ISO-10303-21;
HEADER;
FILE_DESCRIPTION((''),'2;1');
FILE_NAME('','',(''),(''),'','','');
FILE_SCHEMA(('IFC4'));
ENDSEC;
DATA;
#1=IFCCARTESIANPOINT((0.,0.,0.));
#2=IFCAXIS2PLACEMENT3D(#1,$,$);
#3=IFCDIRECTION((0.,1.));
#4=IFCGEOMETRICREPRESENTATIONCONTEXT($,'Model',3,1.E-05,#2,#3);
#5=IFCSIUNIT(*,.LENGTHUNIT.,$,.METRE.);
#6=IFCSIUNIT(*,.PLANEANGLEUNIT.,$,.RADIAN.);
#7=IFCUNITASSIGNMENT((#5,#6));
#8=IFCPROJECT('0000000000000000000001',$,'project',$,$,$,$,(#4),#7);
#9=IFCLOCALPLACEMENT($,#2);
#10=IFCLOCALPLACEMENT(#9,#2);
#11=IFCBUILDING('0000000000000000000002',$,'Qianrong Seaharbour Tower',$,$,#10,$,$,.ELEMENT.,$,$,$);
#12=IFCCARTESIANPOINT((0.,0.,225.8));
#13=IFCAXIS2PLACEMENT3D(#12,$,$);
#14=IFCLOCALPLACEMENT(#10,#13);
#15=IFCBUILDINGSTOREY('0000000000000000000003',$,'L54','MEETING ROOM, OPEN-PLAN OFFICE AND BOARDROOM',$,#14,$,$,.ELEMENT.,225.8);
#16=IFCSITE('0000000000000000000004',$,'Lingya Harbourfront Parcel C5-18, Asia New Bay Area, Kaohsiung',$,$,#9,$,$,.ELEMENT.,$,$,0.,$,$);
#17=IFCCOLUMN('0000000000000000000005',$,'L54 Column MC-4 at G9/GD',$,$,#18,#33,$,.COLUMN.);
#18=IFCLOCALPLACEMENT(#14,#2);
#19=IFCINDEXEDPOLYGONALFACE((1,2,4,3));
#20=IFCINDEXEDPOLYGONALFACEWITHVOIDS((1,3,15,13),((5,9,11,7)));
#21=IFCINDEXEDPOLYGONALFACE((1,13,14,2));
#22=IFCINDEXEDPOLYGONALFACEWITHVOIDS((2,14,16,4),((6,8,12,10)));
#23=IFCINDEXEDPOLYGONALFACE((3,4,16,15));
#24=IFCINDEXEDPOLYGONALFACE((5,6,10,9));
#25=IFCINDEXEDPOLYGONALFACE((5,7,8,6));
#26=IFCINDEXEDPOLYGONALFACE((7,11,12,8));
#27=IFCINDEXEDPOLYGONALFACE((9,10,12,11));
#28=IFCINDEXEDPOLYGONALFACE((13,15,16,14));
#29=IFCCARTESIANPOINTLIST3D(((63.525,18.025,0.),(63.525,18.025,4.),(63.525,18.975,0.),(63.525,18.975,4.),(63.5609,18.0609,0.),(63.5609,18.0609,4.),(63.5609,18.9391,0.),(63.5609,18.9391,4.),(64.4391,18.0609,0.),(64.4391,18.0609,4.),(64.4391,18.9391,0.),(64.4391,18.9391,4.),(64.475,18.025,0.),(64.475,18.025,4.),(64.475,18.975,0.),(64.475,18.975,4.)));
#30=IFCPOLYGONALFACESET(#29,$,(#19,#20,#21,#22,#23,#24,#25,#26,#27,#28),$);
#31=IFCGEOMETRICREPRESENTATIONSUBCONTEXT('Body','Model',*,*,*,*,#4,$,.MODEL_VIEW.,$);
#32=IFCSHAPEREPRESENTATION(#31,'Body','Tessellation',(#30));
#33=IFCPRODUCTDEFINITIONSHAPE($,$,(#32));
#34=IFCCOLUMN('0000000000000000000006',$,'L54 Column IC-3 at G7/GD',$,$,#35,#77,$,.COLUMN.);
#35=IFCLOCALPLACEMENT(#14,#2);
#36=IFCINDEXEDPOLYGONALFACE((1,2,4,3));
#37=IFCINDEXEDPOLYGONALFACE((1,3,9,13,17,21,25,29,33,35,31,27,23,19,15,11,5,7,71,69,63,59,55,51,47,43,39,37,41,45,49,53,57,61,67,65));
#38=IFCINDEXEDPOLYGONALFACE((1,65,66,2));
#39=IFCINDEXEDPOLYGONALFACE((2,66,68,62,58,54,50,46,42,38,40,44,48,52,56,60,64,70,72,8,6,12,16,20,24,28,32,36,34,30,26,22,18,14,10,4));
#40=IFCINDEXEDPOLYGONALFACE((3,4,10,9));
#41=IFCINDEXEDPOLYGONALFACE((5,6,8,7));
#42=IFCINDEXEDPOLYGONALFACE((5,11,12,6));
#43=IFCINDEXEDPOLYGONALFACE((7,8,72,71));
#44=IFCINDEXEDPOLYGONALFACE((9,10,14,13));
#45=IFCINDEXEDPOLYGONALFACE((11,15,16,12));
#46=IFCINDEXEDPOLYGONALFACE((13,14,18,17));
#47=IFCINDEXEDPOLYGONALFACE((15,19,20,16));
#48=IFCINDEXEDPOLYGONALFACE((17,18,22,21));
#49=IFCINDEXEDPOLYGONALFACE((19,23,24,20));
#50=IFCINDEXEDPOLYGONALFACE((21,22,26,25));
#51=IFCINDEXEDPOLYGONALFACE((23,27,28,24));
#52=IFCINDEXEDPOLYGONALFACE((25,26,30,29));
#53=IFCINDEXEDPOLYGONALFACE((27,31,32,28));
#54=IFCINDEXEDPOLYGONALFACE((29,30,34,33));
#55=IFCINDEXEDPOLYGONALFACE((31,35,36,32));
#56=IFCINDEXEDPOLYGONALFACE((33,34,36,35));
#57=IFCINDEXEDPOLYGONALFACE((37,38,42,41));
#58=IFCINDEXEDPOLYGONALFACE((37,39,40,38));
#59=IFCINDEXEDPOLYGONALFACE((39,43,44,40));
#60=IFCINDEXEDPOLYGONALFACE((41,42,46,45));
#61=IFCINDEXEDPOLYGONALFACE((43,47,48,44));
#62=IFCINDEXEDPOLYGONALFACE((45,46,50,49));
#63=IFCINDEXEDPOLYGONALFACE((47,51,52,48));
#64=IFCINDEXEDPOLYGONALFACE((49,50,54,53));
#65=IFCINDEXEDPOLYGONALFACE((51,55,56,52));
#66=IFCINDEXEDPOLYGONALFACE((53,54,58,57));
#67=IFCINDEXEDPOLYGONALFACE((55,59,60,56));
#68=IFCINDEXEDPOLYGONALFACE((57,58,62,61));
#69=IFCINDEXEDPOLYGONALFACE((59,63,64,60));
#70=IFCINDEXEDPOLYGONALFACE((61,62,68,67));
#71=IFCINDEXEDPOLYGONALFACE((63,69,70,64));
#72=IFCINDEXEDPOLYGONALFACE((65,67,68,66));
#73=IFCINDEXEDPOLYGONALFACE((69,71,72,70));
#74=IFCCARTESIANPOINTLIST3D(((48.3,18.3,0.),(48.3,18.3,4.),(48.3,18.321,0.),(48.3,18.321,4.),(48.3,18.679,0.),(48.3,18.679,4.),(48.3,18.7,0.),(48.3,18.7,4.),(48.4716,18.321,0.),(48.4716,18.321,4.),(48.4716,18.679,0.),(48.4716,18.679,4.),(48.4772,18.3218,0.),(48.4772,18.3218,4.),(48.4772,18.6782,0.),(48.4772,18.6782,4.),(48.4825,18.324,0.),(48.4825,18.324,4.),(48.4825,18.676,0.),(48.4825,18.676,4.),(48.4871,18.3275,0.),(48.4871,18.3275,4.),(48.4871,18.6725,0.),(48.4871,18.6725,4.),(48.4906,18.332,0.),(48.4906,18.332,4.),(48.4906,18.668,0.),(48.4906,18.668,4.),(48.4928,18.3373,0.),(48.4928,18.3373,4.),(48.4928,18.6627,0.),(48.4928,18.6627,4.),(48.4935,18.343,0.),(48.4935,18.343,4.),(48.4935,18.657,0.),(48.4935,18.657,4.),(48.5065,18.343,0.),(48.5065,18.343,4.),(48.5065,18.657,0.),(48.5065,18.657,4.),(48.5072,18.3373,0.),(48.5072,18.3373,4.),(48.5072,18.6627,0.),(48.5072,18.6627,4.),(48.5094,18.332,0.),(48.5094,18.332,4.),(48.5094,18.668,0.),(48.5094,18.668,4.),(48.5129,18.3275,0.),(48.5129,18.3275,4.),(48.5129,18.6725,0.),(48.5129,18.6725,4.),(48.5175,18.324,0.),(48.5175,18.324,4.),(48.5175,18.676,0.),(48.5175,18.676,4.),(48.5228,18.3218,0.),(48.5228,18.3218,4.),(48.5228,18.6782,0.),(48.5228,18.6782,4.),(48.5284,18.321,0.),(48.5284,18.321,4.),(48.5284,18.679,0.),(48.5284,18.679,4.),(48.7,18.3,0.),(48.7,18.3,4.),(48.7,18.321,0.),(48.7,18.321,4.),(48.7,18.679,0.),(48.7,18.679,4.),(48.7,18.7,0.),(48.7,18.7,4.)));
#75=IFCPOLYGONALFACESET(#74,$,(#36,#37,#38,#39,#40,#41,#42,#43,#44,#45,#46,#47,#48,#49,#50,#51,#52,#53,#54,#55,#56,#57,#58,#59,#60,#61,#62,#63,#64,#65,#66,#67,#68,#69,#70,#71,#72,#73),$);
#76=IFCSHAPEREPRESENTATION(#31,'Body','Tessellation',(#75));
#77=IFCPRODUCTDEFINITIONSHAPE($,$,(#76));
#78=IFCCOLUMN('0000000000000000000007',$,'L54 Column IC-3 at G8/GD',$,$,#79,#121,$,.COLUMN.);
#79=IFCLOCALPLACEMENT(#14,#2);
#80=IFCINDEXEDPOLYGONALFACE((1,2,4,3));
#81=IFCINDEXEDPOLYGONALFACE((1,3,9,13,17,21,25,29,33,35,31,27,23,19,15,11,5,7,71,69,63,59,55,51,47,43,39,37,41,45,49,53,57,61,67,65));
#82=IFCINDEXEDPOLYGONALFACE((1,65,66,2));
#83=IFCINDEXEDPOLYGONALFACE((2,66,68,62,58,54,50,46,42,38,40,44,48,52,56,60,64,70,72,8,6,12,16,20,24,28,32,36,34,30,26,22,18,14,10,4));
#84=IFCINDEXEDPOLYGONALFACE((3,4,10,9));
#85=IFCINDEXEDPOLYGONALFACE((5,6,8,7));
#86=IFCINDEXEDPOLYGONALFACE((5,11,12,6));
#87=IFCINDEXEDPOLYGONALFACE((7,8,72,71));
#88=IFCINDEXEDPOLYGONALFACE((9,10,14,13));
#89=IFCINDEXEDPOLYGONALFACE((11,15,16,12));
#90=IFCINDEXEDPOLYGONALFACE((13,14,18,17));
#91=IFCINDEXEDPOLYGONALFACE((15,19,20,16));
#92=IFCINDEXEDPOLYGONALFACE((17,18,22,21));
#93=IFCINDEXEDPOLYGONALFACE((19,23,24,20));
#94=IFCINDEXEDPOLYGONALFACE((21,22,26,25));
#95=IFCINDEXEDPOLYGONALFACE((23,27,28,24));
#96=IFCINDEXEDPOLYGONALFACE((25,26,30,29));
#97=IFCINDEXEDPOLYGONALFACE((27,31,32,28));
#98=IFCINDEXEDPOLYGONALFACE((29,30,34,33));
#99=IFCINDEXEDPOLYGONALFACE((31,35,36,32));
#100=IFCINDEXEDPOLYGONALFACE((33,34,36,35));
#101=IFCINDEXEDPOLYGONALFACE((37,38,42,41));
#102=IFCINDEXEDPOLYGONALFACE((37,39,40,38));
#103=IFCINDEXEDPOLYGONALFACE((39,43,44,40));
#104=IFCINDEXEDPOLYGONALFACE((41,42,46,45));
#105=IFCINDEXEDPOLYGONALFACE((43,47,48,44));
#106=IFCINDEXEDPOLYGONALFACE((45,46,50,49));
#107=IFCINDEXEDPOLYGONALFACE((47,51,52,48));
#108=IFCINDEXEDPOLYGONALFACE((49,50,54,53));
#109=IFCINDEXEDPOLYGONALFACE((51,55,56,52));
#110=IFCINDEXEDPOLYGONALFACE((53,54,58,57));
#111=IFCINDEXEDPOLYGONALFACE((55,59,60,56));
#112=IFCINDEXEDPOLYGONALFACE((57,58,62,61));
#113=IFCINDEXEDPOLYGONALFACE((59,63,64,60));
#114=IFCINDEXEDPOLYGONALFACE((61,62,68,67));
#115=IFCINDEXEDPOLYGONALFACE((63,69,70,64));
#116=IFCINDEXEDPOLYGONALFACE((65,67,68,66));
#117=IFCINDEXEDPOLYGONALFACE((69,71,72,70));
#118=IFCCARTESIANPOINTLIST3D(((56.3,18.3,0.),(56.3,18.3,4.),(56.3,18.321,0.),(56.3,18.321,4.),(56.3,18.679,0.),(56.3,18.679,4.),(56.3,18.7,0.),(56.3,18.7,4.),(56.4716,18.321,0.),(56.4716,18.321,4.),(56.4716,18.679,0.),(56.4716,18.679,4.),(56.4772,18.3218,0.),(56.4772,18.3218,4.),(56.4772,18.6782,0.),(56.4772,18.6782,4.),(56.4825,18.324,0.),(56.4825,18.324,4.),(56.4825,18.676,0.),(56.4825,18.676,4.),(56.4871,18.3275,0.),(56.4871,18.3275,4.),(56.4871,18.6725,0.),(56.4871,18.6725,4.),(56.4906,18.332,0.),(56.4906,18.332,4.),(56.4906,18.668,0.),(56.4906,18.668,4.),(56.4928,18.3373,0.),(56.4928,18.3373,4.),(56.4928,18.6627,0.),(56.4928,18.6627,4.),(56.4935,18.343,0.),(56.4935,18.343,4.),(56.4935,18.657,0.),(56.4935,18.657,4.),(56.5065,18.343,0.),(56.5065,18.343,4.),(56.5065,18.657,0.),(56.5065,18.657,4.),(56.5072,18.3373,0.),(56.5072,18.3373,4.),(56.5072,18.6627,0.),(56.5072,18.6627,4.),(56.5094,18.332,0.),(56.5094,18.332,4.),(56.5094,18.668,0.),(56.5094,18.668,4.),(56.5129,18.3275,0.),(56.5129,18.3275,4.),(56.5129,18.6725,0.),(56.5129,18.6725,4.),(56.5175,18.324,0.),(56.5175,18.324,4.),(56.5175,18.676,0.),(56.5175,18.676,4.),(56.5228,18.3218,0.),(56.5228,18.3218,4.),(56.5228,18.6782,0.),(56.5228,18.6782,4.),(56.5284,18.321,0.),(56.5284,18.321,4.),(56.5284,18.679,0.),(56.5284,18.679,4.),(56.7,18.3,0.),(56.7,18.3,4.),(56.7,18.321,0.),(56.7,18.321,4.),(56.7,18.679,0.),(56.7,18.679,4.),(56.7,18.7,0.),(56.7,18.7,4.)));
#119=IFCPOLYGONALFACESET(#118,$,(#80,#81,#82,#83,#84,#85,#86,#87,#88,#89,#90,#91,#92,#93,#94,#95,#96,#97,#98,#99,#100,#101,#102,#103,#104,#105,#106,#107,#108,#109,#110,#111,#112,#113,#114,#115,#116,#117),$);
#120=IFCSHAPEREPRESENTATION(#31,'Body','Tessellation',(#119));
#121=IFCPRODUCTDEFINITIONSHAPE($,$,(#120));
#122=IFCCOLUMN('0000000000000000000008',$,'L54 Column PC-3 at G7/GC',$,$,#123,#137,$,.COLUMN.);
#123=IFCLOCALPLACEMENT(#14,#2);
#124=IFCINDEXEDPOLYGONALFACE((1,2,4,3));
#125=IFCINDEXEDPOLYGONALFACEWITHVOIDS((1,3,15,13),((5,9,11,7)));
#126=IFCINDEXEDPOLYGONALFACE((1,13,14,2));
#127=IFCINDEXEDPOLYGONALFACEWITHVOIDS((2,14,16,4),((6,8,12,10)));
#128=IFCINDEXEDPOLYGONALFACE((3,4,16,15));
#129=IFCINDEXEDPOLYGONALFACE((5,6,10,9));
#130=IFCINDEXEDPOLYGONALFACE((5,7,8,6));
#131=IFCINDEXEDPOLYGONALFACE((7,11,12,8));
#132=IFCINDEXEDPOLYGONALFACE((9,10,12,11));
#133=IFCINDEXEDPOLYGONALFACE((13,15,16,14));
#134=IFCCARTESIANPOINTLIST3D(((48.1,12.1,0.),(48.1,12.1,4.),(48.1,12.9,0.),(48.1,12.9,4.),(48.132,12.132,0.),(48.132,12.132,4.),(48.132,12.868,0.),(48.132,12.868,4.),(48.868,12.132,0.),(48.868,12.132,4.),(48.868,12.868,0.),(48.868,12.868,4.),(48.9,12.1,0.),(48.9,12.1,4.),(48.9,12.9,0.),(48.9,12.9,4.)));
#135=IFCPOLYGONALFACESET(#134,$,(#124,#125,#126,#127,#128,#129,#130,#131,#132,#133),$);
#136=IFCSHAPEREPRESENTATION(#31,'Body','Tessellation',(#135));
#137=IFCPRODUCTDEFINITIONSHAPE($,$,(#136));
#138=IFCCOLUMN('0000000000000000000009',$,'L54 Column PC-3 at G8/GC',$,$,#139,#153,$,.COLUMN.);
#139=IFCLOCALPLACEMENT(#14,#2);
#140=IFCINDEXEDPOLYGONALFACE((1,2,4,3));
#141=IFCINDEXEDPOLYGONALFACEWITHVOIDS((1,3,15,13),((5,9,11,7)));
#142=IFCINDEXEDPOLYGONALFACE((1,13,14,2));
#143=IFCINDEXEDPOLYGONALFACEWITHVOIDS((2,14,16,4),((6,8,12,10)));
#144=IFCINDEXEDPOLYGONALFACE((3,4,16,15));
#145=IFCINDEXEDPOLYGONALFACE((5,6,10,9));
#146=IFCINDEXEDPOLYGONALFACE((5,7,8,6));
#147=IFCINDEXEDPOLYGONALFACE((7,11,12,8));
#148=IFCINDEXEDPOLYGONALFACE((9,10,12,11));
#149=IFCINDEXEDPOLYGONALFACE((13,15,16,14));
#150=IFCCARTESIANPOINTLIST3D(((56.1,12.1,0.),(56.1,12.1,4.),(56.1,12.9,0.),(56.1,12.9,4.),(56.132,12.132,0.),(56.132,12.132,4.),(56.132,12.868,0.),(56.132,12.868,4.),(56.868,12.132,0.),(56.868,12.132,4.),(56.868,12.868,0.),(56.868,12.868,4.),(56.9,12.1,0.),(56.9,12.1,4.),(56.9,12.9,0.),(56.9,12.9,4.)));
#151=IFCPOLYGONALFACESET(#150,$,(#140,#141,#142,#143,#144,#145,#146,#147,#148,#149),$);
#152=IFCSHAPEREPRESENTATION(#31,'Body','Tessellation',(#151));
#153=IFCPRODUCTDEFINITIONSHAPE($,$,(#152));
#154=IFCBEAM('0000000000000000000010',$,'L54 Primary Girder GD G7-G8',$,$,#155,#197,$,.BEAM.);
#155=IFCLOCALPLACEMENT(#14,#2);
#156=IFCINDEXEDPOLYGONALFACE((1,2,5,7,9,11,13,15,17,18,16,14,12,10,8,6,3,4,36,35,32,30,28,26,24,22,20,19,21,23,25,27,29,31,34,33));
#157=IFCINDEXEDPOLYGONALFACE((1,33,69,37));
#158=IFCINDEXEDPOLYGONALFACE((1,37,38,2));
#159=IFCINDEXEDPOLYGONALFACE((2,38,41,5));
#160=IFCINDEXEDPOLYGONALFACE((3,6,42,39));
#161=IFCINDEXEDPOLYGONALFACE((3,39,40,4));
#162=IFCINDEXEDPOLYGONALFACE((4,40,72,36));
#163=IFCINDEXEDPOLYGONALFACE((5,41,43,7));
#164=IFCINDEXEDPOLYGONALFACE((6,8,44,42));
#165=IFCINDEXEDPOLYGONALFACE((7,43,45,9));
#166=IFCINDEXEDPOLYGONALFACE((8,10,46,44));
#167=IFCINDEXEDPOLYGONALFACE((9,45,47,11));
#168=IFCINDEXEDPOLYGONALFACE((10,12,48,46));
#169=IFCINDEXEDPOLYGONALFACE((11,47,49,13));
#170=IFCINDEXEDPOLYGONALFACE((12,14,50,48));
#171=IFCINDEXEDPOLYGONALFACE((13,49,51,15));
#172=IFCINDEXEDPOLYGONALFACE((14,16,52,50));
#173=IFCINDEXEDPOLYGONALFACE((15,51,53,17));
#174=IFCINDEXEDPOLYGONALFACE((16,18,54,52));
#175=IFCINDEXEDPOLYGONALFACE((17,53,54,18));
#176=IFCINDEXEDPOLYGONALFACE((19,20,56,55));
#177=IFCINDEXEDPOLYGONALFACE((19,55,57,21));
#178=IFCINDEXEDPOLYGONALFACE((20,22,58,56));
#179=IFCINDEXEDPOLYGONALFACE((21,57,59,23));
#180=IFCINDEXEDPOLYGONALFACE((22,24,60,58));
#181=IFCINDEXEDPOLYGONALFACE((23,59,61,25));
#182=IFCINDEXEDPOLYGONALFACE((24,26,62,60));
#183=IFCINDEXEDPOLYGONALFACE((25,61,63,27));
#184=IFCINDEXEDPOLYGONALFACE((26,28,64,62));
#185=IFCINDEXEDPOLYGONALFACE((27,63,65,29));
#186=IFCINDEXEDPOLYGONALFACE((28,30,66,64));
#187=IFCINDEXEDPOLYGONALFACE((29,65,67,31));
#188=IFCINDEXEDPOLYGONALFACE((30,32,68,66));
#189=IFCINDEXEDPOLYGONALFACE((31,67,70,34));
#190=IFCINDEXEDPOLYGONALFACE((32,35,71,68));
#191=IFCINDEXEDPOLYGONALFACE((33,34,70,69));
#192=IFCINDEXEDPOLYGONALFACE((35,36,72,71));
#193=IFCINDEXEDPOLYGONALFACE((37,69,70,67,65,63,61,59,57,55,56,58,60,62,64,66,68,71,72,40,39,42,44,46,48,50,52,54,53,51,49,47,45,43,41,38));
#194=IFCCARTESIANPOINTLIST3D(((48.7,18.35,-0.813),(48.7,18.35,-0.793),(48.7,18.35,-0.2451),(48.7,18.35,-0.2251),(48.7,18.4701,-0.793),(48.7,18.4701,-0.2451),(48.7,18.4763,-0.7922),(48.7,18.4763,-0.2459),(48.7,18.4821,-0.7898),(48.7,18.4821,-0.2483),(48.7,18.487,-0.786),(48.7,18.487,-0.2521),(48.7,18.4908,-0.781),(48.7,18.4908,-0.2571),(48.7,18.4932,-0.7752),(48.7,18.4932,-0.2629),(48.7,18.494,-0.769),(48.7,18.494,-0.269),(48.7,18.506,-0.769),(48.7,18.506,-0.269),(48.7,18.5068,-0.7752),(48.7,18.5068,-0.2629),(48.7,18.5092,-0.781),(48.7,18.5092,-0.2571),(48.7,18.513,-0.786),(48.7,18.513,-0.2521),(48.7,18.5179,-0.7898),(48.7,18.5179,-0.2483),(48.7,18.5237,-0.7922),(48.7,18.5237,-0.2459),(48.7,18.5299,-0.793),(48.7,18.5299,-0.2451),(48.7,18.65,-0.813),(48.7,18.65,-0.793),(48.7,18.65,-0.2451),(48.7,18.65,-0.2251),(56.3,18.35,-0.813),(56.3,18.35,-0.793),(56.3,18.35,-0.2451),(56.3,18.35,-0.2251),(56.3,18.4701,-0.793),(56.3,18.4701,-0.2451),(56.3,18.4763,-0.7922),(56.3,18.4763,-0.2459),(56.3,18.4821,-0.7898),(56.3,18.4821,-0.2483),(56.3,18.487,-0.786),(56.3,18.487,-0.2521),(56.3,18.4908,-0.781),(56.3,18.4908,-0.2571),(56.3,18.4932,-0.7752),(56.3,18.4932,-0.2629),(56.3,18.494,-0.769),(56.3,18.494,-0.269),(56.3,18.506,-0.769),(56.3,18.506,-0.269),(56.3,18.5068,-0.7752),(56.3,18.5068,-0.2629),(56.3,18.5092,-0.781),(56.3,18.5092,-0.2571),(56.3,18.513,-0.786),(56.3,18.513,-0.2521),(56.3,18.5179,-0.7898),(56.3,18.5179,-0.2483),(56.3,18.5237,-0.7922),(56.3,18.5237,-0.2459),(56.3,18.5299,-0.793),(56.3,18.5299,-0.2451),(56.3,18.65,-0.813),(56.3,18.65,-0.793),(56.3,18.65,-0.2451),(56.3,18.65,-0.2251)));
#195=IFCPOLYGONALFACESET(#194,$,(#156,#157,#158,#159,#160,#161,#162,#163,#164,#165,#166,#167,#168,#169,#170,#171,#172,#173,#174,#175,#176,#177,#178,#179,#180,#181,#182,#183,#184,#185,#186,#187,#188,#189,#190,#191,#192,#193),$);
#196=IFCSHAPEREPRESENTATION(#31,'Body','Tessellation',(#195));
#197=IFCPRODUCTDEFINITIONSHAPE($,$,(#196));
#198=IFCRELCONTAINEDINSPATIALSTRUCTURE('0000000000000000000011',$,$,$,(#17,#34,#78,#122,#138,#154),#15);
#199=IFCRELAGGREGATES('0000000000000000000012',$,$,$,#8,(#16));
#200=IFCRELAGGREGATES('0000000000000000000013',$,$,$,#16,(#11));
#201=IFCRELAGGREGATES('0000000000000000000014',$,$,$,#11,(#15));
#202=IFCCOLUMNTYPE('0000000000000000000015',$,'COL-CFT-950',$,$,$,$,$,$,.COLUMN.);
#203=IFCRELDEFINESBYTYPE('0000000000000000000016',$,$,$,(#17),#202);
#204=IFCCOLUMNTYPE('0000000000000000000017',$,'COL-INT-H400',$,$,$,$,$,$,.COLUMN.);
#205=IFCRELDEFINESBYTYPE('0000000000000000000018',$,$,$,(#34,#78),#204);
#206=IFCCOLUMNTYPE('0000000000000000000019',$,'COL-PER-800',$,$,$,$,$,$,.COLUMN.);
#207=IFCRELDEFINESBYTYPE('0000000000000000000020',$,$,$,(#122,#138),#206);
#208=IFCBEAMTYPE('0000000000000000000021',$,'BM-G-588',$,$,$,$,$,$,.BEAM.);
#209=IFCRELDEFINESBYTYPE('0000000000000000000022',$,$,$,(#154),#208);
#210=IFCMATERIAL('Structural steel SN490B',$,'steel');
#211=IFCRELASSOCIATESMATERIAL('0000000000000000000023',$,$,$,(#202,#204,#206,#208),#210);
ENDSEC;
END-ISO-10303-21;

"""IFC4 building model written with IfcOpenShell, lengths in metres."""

from ifc_helpers import new_model, si_unit, direction, frame, origin, origin_2d, place, context, subcontext, project, spatial, hollow_rectangle, i_section, extrude, material, material_profile, profile_set, type_object, element, save


model = new_model("IFC4")

# Units and contexts
model_context = context("Model", 3, precision=1e-05, world=origin(), true_north=direction((0.0, 1.0)))
body_context = subcontext(model_context, "Body", "Model", "MODEL_VIEW")
ifc_project = project(units=[si_unit("LENGTHUNIT", "METRE"), si_unit("PLANEANGLEUNIT", "RADIAN")], contexts=[model_context])

# Site, building, storey
site_placement = place(None, origin())
site = spatial("IfcSite", under=ifc_project, at=site_placement, Name="Lingya Harbourfront Parcel C5-18, Asia New Bay Area, Kaohsiung", CompositionType="ELEMENT", RefElevation=0.0)
building_placement = place(site_placement, origin())
building = spatial("IfcBuilding", under=site, at=building_placement, Name="Qianrong Seaharbour Tower", CompositionType="ELEMENT")
storey_placement = place(building_placement, frame((0.0, 0.0, 225.8)))
storey = spatial("IfcBuildingStorey", under=building, at=storey_placement, Name="L54", Description="MEETING ROOM, OPEN-PLAN OFFICE AND BOARDROOM", CompositionType="ELEMENT", Elevation=225.8)

# Columns
ifc_material_1 = material(Name="Structural steel SN490B", Category="steel")
ifc_material_profile_1 = material_profile(ifc_material_1, hollow_rectangle(XDim=0.95, YDim=0.95, WallThickness=0.0359, at=origin_2d()), Name="BOX950x950x36")
ifc_profile_set_1 = profile_set([ifc_material_profile_1], Name="Structural steel SN490B")
column_type_1 = type_object("IfcColumnType", Name="COL-CFT-950", PredefinedType="COLUMN", material=ifc_profile_set_1)
column_placement = place(storey_placement, frame((64.0, 18.5, 0.0), z_axis=(0.0, 0.0, 1.0), x_axis=(1.0, 0.0, 0.0)))
element("IfcColumn", 1, at=column_placement, inside=storey, type_object=column_type_1, Name="L54 Column MC-4 at G9/GD", PredefinedType="COLUMN", context=body_context, shape_type="SweptSolid", body=[
    extrude(hollow_rectangle(XDim=0.95, YDim=0.95, WallThickness=0.0359, at=origin_2d()), origin(), (0.0, 0.0, 1.0), 4.0),
])
ifc_material_profile_2 = material_profile(ifc_material_1, i_section(OverallWidth=0.3999, OverallDepth=0.3999, WebThickness=0.0129, FlangeThickness=0.021, FilletRadius=0.022, at=origin_2d()), Name="H400x400x13x21")
ifc_profile_set_2 = profile_set([ifc_material_profile_2], Name="Structural steel SN490B")
column_type_2 = type_object("IfcColumnType", Name="COL-INT-H400", PredefinedType="COLUMN", material=ifc_profile_set_2)
for number, where, z_axis, x_axis, name in (
    (2, (48.5, 18.5, 0.0), (0.0, 0.0, 1.0), (1.0, 0.0, 0.0), "L54 Column IC-3 at G7/GD"),
    (3, (56.5, 18.5, 0.0), (0.0, 0.0, 1.0), (1.0, 0.0, 0.0), "L54 Column IC-3 at G8/GD"),
):
    element("IfcColumn", number, at=place(storey_placement, frame(where, z_axis=z_axis, x_axis=x_axis)), inside=storey, type_object=column_type_2, Name=name, PredefinedType="COLUMN", context=body_context, shape_type="SweptSolid", body=[
        extrude(i_section(OverallWidth=0.3999, OverallDepth=0.3999, WebThickness=0.0129, FlangeThickness=0.021, FilletRadius=0.022, at=origin_2d()), origin(), (0.0, 0.0, 1.0), 4.0),
    ])
ifc_material_profile_3 = material_profile(ifc_material_1, hollow_rectangle(XDim=0.8, YDim=0.8, WallThickness=0.032, at=origin_2d()), Name="BOX800x800x32")
ifc_profile_set_3 = profile_set([ifc_material_profile_3], Name="Structural steel SN490B")
column_type_3 = type_object("IfcColumnType", Name="COL-PER-800", PredefinedType="COLUMN", material=ifc_profile_set_3)
for number, where, z_axis, x_axis, name in (
    (4, (48.5, 12.5, 0.0), (0.0, 0.0, 1.0), (1.0, 0.0, 0.0), "L54 Column PC-3 at G7/GC"),
    (5, (56.5, 12.5, 0.0), (0.0, 0.0, 1.0), (1.0, 0.0, 0.0), "L54 Column PC-3 at G8/GC"),
):
    element("IfcColumn", number, at=place(storey_placement, frame(where, z_axis=z_axis, x_axis=x_axis)), inside=storey, type_object=column_type_3, Name=name, PredefinedType="COLUMN", context=body_context, shape_type="SweptSolid", body=[
        extrude(hollow_rectangle(XDim=0.8, YDim=0.8, WallThickness=0.032, at=origin_2d()), origin(), (0.0, 0.0, 1.0), 4.0),
    ])

# Beam
ifc_material_profile_4 = material_profile(ifc_material_1, i_section(OverallWidth=0.3, OverallDepth=0.5879, WebThickness=0.012, FlangeThickness=0.02, FilletRadius=0.0239, at=origin_2d()), Name="H588x300x12x20")
ifc_profile_set_4 = profile_set([ifc_material_profile_4], Name="Structural steel SN490B")
beam_type_1 = type_object("IfcBeamType", Name="BM-G-588", PredefinedType="BEAM", material=ifc_profile_set_4)
beam_1_placement = place(storey_placement, frame((48.7, 18.5, -0.519), z_axis=(1.0, 0.0, 0.0), x_axis=(0.0, 1.0, 0.0)))
element("IfcBeam", 6, at=beam_1_placement, inside=storey, type_object=beam_type_1, Name="L54 Primary Girder GD G7-G8", PredefinedType="BEAM", context=body_context, shape_type="SweptSolid", body=[
    extrude(i_section(OverallWidth=0.3, OverallDepth=0.5879, WebThickness=0.012, FlangeThickness=0.02, FilletRadius=0.0239, at=origin_2d()), origin(), (0.0, 0.0, 1.0), 7.6001),
])

save(model, "model.ifc")
